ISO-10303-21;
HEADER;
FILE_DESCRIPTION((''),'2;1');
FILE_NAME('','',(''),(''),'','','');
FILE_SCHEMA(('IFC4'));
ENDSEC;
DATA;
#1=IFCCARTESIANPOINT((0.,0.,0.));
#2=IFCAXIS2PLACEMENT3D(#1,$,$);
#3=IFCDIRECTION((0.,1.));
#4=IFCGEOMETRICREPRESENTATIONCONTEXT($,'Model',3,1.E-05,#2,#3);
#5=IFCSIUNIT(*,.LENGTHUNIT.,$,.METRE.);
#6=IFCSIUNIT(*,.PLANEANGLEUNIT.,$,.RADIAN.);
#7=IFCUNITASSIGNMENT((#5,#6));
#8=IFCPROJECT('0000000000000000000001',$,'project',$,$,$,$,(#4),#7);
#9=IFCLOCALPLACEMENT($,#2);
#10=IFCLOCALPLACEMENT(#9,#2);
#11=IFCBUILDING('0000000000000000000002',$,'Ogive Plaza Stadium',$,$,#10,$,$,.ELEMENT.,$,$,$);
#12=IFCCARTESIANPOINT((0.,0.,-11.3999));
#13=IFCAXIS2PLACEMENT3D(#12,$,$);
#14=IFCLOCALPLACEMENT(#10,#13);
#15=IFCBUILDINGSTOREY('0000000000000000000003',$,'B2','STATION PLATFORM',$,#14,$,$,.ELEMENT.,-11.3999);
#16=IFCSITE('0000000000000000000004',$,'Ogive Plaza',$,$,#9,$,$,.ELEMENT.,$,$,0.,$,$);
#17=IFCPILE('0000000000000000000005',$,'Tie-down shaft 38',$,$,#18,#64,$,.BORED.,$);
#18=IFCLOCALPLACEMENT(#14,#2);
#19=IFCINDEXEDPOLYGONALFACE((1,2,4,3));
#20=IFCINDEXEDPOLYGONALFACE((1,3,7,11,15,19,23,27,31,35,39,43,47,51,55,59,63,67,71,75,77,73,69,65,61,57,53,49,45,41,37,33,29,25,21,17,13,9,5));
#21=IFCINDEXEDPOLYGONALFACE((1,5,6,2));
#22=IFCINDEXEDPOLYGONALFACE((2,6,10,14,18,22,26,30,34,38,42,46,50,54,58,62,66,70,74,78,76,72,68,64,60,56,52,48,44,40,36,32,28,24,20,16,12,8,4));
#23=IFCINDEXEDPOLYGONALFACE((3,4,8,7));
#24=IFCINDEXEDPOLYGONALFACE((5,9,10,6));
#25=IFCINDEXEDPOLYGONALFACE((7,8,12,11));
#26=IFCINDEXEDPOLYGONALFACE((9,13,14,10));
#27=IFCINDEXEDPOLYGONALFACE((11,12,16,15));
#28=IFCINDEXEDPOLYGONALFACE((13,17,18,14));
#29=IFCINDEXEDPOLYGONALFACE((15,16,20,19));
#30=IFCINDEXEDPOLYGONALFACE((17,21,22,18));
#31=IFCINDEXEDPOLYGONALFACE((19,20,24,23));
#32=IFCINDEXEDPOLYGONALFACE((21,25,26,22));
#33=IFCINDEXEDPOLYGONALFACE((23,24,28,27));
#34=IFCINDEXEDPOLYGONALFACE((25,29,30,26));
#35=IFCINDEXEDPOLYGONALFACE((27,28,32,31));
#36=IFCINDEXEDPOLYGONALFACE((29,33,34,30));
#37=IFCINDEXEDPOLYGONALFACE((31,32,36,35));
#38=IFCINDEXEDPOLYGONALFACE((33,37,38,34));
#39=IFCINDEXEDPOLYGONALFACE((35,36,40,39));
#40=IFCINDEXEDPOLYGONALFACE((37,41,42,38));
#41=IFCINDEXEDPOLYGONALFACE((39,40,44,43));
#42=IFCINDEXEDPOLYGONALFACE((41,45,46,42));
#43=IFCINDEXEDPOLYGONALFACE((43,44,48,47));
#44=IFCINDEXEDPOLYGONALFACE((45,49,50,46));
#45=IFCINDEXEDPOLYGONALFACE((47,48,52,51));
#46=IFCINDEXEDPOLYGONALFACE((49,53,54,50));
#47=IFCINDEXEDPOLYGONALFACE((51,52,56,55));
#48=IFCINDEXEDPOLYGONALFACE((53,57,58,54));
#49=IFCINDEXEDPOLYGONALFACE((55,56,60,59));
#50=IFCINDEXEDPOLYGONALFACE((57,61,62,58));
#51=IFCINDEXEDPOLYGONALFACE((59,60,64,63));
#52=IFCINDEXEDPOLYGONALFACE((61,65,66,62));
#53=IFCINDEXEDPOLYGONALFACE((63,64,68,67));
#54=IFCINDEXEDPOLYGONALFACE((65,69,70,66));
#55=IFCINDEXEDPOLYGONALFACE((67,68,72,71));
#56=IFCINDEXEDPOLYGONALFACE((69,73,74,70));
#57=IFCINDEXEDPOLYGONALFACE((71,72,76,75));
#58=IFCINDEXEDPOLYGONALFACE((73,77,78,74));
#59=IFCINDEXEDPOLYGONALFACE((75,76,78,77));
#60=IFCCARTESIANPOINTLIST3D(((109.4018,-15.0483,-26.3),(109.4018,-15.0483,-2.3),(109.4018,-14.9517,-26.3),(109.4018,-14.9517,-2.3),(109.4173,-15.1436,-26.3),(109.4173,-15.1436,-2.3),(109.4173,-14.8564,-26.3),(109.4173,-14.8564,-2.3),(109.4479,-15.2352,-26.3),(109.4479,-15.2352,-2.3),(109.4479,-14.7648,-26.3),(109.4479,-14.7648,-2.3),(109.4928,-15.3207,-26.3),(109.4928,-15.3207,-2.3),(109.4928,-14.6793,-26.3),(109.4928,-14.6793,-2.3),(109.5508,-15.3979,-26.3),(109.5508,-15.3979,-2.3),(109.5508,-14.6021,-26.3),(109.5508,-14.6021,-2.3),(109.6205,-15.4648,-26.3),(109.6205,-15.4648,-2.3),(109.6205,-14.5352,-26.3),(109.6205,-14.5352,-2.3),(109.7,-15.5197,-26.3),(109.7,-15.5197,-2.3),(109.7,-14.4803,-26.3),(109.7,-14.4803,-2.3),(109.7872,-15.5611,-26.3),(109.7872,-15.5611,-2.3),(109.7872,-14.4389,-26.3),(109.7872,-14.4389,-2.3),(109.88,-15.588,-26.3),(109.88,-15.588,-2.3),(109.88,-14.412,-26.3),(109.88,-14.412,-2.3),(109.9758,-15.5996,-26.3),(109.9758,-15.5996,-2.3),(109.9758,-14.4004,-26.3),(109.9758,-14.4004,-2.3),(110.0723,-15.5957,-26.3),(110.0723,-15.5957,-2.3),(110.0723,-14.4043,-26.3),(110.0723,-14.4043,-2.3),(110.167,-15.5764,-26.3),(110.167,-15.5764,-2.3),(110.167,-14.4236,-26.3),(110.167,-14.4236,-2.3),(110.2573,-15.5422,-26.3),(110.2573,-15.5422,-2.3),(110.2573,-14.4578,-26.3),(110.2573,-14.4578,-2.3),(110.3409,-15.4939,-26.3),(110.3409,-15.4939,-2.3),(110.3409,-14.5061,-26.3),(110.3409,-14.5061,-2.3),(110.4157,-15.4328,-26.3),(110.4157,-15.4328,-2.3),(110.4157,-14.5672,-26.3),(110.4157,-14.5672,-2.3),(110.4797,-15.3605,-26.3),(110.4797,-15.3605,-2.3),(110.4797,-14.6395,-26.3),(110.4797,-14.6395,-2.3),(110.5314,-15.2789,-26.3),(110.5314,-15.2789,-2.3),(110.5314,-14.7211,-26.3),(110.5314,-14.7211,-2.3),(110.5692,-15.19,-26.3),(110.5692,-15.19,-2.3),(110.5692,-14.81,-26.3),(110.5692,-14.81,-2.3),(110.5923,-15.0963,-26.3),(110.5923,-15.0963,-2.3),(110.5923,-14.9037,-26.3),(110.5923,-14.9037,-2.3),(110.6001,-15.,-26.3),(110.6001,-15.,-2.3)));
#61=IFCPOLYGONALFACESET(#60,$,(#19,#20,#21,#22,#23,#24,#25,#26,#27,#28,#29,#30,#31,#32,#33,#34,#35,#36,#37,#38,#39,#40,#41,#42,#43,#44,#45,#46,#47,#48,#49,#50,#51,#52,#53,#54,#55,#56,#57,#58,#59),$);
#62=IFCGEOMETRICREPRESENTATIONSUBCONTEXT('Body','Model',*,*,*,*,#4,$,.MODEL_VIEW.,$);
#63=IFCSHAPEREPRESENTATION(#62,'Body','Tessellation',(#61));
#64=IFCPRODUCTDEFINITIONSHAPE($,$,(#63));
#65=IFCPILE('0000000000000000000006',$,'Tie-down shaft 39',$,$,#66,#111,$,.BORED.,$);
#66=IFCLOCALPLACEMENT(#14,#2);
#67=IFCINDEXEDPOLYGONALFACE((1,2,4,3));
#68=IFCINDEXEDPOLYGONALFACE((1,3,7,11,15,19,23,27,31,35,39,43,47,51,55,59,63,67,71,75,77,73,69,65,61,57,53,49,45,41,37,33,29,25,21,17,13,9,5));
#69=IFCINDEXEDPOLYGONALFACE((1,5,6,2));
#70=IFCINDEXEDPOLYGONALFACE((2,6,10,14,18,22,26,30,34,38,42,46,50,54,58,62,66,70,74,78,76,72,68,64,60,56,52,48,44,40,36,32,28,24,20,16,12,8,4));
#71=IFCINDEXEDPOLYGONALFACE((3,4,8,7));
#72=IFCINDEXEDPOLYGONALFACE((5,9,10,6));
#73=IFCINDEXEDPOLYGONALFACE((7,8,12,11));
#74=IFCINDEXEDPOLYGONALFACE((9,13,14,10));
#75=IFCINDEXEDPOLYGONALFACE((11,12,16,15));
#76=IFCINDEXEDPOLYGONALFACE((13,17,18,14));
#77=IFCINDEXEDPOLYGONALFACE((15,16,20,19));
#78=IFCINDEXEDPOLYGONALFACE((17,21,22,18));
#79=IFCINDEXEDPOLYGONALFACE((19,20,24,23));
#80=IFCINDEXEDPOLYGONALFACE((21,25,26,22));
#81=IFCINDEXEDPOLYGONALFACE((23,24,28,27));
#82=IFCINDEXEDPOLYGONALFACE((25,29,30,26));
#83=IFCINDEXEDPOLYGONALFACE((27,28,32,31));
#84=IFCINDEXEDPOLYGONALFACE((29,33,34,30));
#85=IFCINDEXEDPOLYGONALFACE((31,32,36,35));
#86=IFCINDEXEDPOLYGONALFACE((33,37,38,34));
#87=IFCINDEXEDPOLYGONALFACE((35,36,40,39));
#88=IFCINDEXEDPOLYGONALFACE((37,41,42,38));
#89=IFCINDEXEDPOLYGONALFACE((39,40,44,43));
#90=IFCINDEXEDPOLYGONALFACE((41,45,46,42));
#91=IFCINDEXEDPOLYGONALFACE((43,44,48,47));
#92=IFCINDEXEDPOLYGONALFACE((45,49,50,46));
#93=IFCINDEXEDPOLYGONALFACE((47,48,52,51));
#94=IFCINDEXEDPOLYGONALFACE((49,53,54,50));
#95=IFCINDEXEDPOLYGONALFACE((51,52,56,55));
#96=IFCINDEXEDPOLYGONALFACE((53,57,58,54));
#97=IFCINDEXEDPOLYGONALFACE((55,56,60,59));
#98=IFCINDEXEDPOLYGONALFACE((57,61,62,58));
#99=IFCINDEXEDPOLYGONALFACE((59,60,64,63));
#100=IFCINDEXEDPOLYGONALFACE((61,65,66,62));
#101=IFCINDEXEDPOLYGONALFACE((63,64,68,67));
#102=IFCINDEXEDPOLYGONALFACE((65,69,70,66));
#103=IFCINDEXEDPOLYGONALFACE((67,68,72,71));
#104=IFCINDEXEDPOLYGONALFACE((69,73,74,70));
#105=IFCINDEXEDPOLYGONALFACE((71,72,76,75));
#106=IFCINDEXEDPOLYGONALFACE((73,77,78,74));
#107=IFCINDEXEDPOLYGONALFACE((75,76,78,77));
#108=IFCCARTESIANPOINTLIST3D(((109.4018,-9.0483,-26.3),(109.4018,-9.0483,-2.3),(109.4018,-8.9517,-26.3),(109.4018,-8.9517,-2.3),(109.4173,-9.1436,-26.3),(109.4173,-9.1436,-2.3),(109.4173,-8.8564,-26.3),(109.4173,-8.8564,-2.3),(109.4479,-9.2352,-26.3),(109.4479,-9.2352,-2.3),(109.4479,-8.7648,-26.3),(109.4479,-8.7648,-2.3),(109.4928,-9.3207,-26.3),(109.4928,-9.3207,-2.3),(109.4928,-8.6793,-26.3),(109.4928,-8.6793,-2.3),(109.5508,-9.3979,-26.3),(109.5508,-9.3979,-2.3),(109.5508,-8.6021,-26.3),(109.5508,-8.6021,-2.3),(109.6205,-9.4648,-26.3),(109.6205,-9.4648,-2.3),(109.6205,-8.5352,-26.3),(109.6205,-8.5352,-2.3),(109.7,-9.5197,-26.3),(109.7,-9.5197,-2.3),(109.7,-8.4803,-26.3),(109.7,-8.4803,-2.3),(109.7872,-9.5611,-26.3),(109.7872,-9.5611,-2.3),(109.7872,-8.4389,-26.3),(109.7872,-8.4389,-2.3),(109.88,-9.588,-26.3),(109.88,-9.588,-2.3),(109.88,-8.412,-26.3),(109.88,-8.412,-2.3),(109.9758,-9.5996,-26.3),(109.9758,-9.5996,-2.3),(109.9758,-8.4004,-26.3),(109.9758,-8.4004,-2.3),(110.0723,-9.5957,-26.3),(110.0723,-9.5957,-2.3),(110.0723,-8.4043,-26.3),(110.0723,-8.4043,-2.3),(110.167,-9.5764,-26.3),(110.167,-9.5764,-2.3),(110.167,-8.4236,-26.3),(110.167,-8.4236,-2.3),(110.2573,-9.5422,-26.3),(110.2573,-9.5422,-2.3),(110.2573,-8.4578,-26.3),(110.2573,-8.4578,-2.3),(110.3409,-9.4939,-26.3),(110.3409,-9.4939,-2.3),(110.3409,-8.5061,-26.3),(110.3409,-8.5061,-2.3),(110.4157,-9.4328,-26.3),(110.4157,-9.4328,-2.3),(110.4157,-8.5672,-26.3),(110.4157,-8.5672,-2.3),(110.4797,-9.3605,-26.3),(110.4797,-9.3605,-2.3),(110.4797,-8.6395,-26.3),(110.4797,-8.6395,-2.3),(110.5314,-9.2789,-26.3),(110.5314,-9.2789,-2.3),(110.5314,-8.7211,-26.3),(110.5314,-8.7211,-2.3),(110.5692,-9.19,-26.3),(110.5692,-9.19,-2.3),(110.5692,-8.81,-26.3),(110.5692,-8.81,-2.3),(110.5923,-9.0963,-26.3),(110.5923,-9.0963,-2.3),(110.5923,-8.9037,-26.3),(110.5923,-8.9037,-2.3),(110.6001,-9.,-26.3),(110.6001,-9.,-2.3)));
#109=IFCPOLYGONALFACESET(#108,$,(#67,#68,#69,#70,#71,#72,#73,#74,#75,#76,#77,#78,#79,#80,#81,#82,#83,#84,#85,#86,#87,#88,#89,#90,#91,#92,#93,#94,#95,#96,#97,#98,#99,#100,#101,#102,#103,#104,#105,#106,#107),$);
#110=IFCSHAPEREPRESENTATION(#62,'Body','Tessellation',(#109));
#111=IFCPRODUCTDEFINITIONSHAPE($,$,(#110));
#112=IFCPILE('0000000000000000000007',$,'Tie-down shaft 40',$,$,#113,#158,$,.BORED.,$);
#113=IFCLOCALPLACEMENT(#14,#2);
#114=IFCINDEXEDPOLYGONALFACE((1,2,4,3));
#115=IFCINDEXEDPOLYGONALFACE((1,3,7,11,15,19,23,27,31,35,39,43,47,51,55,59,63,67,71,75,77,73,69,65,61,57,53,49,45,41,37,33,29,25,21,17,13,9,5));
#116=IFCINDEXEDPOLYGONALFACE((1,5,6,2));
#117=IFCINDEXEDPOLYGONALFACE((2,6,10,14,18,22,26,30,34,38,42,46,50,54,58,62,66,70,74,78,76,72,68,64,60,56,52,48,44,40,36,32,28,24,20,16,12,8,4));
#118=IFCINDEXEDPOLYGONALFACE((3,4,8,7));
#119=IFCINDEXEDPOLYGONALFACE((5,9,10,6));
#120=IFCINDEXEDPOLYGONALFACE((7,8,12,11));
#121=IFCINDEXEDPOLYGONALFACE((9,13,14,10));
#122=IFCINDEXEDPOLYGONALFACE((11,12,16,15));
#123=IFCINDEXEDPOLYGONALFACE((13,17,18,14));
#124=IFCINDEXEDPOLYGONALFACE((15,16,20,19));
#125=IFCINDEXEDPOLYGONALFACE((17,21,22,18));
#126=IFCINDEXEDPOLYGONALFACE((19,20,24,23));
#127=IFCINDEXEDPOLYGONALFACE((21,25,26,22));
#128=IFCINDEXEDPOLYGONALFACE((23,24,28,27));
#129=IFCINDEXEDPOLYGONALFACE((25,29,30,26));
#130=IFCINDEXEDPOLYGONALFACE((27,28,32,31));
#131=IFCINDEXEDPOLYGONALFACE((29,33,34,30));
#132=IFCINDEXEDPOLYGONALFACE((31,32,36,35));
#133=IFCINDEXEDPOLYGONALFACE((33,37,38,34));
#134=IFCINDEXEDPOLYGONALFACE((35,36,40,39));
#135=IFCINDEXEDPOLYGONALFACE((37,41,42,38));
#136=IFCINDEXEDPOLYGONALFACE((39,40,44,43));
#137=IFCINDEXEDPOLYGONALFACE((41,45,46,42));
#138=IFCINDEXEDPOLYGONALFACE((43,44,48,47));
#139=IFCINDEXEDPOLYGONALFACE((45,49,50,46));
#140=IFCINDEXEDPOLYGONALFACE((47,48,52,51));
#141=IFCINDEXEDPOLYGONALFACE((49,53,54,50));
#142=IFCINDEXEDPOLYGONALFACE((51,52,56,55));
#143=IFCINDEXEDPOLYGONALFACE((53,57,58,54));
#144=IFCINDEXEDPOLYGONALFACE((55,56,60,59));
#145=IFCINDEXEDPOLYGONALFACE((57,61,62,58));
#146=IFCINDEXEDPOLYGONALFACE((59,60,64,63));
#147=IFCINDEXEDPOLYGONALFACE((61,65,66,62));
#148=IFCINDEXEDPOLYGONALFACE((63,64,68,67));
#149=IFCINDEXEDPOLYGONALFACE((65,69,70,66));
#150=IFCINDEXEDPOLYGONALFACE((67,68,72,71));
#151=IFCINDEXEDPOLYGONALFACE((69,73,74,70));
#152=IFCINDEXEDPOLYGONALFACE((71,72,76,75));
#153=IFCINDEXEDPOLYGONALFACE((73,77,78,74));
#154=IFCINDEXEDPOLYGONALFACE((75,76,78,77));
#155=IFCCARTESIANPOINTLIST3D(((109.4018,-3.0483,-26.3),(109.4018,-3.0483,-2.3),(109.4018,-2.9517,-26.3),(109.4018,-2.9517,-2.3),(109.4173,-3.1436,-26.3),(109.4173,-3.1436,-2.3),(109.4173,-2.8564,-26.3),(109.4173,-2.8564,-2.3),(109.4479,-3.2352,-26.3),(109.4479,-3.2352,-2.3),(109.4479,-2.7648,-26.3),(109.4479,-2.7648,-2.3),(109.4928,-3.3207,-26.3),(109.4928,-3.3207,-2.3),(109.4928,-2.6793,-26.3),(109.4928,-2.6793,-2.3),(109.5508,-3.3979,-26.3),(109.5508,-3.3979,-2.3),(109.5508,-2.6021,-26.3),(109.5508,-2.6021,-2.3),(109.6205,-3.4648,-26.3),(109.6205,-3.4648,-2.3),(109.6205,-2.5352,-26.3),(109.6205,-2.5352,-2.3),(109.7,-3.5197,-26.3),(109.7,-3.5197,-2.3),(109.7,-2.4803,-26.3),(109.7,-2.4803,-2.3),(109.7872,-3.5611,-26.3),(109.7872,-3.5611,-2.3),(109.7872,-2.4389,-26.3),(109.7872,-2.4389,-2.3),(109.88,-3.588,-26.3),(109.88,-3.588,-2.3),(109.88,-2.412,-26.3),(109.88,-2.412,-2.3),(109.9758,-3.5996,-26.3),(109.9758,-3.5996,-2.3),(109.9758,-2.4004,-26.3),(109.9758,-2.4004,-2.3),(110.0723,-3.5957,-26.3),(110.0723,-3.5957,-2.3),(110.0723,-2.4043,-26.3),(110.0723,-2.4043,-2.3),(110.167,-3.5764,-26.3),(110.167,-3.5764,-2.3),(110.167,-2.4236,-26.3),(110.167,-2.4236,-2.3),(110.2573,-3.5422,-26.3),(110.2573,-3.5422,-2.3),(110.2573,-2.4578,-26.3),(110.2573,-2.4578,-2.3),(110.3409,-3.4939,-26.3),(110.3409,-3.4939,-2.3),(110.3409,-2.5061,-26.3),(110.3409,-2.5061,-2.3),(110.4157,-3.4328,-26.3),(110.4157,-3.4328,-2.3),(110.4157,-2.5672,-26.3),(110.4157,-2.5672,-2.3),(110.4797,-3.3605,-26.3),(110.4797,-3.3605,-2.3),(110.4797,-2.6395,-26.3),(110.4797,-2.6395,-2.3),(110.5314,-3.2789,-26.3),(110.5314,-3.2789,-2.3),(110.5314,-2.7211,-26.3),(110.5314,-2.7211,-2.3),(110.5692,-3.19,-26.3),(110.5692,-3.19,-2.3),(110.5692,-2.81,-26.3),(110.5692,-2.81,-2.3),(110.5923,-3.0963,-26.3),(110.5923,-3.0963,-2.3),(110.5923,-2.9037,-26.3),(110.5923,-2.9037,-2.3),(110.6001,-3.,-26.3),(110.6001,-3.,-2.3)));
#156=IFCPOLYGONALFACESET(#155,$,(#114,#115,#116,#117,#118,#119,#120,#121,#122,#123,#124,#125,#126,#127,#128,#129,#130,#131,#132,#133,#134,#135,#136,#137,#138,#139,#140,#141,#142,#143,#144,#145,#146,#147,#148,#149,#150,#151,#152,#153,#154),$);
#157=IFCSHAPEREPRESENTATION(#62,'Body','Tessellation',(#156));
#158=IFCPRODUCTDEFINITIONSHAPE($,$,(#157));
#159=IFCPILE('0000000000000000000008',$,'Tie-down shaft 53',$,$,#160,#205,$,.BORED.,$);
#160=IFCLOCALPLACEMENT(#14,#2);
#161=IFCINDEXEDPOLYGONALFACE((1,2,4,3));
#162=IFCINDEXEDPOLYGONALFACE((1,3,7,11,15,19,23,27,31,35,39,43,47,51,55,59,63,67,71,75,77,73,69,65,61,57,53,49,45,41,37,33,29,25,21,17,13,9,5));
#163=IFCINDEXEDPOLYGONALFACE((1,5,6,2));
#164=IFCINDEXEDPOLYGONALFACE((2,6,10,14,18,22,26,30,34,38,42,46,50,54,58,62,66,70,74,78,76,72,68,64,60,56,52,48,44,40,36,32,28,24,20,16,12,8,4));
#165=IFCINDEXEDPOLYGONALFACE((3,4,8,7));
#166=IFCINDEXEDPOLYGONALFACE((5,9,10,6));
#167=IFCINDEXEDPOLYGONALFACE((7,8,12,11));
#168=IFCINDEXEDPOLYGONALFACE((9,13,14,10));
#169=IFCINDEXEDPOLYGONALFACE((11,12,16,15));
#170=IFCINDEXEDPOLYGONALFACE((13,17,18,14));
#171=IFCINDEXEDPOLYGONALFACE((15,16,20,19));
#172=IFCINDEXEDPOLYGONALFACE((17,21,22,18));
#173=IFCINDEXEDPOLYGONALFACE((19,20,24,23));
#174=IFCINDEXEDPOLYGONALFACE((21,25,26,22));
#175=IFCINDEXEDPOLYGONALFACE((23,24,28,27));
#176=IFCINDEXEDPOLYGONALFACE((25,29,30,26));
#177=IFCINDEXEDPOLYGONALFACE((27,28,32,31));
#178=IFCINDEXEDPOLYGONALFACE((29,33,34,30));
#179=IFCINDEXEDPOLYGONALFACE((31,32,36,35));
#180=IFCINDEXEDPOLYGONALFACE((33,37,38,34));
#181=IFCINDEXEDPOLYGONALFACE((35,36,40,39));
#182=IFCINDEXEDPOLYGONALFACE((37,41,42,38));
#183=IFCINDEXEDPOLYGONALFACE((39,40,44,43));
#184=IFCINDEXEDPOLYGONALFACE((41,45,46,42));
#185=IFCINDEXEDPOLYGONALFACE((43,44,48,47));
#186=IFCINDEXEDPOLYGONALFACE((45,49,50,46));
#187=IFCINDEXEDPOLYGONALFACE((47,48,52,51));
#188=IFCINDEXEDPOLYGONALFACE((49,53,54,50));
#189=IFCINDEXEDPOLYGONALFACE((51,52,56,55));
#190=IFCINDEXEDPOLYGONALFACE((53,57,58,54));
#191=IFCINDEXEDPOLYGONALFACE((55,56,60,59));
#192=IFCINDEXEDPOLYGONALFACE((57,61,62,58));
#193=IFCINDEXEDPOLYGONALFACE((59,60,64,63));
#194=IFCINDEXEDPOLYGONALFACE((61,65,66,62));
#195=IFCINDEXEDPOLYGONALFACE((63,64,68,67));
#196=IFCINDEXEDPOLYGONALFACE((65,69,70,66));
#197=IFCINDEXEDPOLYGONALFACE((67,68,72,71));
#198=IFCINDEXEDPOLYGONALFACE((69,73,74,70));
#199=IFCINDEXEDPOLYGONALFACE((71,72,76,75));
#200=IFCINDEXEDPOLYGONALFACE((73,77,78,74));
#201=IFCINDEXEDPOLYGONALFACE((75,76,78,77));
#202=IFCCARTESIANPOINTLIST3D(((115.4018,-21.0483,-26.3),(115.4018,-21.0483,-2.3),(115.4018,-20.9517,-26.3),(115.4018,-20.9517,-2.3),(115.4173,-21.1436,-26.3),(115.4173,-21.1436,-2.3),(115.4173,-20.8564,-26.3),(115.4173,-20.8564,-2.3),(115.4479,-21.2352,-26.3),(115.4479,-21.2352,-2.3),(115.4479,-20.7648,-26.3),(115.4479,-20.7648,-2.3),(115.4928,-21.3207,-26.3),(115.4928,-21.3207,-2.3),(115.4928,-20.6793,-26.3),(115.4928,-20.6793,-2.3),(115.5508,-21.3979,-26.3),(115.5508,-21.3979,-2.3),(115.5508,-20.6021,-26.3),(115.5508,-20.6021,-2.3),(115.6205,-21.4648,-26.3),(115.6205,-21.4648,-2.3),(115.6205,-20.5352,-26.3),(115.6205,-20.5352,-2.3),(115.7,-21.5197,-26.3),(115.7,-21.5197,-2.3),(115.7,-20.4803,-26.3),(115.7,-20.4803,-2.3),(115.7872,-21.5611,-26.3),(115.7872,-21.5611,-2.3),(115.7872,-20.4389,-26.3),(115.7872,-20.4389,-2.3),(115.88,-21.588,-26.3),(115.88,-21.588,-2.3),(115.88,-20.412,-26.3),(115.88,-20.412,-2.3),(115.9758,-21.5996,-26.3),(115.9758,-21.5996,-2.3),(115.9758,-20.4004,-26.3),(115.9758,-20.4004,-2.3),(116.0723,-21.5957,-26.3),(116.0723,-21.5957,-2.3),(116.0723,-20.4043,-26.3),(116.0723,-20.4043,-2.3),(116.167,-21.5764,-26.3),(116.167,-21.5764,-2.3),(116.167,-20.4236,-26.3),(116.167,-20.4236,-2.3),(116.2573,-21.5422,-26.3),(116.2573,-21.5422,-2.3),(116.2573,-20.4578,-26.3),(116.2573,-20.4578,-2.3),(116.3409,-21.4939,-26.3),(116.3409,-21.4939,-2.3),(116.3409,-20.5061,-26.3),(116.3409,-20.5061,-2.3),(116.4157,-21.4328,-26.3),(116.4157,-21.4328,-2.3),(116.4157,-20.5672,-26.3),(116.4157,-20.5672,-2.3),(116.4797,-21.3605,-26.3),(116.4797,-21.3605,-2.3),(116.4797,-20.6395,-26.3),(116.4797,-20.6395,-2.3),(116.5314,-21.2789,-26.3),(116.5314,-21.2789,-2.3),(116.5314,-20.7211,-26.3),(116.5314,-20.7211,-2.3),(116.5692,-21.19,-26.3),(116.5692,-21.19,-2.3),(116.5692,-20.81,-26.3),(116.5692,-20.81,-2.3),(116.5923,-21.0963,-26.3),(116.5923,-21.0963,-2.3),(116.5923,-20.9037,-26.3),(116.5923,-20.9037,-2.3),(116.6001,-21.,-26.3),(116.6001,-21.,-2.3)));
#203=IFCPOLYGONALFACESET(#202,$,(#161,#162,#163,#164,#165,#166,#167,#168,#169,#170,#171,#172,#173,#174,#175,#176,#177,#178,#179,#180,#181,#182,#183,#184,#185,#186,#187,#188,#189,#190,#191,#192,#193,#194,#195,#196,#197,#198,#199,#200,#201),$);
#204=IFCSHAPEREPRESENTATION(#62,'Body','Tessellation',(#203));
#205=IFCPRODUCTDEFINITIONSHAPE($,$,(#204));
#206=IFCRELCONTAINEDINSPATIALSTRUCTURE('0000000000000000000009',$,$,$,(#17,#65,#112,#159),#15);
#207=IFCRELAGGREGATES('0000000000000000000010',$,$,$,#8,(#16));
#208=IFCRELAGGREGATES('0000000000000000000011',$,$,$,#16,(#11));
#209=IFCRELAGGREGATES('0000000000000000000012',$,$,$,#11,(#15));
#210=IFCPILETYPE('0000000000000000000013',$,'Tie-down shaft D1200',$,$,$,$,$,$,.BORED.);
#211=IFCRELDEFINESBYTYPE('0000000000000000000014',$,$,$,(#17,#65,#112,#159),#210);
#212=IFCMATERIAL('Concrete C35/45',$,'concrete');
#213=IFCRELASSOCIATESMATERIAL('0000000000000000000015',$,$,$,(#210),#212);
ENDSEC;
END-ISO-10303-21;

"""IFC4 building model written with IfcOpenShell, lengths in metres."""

from ifc_helpers import new_model, si_unit, direction, frame, origin, origin_2d, place, context, subcontext, project, spatial, circle, extrude, material, material_profile, profile_set, type_object, element, save


model = new_model("IFC4")

# Units and contexts
model_context = context("Model", 3, precision=1e-05, world=origin(), true_north=direction((0.0, 1.0)))
body_context = subcontext(model_context, "Body", "Model", "MODEL_VIEW")
ifc_project = project(units=[si_unit("LENGTHUNIT", "METRE"), si_unit("PLANEANGLEUNIT", "RADIAN")], contexts=[model_context])

# Site, building, storey
site_placement = place(None, origin())
site = spatial("IfcSite", under=ifc_project, at=site_placement, Name="Ogive Plaza", CompositionType="ELEMENT", RefElevation=0.0)
building_placement = place(site_placement, origin())
building = spatial("IfcBuilding", under=site, at=building_placement, Name="Ogive Plaza Stadium", CompositionType="ELEMENT")
storey_placement = place(building_placement, frame((0.0, 0.0, -11.3999)))
storey = spatial("IfcBuildingStorey", under=building, at=storey_placement, Name="B2", Description="STATION PLATFORM", CompositionType="ELEMENT", Elevation=-11.3999)

# Piles
ifc_material_1 = material(Name="Concrete C35/45", Category="concrete")
ifc_material_profile_1 = material_profile(ifc_material_1, circle(Radius=0.6001, at=origin_2d()), Name="Tie-down shaft D1200")
ifc_profile_set_1 = profile_set([ifc_material_profile_1], Name="Concrete C35/45")
pile_type = type_object("IfcPileType", Name="Tie-down shaft D1200", PredefinedType="BORED", material=ifc_profile_set_1)
for number, where, z_axis, x_axis, name in (
    (1, (110.0, -15.0, -2.3), (0.0, 0.0, -1.0), (1.0, 0.0, 0.0), "Tie-down shaft 38"),
    (2, (110.0, -9.0, -2.3), (0.0, 0.0, -1.0), (1.0, 0.0, 0.0), "Tie-down shaft 39"),
    (3, (110.0, -3.0, -2.3), (0.0, 0.0, -1.0), (1.0, 0.0, 0.0), "Tie-down shaft 40"),
    (4, (116.0, -21.0, -2.3), (0.0, 0.0, -1.0), (1.0, 0.0, 0.0), "Tie-down shaft 53"),
):
    element("IfcPile", number, at=place(storey_placement, frame(where, z_axis=z_axis, x_axis=x_axis)), inside=storey, type_object=pile_type, Name=name, PredefinedType="BORED", context=body_context, shape_type="SweptSolid", body=[
        extrude(circle(Radius=0.6001, at=origin_2d()), origin(), (0.0, 0.0, 1.0), 24.0),
    ])

save(model, "model.ifc")
